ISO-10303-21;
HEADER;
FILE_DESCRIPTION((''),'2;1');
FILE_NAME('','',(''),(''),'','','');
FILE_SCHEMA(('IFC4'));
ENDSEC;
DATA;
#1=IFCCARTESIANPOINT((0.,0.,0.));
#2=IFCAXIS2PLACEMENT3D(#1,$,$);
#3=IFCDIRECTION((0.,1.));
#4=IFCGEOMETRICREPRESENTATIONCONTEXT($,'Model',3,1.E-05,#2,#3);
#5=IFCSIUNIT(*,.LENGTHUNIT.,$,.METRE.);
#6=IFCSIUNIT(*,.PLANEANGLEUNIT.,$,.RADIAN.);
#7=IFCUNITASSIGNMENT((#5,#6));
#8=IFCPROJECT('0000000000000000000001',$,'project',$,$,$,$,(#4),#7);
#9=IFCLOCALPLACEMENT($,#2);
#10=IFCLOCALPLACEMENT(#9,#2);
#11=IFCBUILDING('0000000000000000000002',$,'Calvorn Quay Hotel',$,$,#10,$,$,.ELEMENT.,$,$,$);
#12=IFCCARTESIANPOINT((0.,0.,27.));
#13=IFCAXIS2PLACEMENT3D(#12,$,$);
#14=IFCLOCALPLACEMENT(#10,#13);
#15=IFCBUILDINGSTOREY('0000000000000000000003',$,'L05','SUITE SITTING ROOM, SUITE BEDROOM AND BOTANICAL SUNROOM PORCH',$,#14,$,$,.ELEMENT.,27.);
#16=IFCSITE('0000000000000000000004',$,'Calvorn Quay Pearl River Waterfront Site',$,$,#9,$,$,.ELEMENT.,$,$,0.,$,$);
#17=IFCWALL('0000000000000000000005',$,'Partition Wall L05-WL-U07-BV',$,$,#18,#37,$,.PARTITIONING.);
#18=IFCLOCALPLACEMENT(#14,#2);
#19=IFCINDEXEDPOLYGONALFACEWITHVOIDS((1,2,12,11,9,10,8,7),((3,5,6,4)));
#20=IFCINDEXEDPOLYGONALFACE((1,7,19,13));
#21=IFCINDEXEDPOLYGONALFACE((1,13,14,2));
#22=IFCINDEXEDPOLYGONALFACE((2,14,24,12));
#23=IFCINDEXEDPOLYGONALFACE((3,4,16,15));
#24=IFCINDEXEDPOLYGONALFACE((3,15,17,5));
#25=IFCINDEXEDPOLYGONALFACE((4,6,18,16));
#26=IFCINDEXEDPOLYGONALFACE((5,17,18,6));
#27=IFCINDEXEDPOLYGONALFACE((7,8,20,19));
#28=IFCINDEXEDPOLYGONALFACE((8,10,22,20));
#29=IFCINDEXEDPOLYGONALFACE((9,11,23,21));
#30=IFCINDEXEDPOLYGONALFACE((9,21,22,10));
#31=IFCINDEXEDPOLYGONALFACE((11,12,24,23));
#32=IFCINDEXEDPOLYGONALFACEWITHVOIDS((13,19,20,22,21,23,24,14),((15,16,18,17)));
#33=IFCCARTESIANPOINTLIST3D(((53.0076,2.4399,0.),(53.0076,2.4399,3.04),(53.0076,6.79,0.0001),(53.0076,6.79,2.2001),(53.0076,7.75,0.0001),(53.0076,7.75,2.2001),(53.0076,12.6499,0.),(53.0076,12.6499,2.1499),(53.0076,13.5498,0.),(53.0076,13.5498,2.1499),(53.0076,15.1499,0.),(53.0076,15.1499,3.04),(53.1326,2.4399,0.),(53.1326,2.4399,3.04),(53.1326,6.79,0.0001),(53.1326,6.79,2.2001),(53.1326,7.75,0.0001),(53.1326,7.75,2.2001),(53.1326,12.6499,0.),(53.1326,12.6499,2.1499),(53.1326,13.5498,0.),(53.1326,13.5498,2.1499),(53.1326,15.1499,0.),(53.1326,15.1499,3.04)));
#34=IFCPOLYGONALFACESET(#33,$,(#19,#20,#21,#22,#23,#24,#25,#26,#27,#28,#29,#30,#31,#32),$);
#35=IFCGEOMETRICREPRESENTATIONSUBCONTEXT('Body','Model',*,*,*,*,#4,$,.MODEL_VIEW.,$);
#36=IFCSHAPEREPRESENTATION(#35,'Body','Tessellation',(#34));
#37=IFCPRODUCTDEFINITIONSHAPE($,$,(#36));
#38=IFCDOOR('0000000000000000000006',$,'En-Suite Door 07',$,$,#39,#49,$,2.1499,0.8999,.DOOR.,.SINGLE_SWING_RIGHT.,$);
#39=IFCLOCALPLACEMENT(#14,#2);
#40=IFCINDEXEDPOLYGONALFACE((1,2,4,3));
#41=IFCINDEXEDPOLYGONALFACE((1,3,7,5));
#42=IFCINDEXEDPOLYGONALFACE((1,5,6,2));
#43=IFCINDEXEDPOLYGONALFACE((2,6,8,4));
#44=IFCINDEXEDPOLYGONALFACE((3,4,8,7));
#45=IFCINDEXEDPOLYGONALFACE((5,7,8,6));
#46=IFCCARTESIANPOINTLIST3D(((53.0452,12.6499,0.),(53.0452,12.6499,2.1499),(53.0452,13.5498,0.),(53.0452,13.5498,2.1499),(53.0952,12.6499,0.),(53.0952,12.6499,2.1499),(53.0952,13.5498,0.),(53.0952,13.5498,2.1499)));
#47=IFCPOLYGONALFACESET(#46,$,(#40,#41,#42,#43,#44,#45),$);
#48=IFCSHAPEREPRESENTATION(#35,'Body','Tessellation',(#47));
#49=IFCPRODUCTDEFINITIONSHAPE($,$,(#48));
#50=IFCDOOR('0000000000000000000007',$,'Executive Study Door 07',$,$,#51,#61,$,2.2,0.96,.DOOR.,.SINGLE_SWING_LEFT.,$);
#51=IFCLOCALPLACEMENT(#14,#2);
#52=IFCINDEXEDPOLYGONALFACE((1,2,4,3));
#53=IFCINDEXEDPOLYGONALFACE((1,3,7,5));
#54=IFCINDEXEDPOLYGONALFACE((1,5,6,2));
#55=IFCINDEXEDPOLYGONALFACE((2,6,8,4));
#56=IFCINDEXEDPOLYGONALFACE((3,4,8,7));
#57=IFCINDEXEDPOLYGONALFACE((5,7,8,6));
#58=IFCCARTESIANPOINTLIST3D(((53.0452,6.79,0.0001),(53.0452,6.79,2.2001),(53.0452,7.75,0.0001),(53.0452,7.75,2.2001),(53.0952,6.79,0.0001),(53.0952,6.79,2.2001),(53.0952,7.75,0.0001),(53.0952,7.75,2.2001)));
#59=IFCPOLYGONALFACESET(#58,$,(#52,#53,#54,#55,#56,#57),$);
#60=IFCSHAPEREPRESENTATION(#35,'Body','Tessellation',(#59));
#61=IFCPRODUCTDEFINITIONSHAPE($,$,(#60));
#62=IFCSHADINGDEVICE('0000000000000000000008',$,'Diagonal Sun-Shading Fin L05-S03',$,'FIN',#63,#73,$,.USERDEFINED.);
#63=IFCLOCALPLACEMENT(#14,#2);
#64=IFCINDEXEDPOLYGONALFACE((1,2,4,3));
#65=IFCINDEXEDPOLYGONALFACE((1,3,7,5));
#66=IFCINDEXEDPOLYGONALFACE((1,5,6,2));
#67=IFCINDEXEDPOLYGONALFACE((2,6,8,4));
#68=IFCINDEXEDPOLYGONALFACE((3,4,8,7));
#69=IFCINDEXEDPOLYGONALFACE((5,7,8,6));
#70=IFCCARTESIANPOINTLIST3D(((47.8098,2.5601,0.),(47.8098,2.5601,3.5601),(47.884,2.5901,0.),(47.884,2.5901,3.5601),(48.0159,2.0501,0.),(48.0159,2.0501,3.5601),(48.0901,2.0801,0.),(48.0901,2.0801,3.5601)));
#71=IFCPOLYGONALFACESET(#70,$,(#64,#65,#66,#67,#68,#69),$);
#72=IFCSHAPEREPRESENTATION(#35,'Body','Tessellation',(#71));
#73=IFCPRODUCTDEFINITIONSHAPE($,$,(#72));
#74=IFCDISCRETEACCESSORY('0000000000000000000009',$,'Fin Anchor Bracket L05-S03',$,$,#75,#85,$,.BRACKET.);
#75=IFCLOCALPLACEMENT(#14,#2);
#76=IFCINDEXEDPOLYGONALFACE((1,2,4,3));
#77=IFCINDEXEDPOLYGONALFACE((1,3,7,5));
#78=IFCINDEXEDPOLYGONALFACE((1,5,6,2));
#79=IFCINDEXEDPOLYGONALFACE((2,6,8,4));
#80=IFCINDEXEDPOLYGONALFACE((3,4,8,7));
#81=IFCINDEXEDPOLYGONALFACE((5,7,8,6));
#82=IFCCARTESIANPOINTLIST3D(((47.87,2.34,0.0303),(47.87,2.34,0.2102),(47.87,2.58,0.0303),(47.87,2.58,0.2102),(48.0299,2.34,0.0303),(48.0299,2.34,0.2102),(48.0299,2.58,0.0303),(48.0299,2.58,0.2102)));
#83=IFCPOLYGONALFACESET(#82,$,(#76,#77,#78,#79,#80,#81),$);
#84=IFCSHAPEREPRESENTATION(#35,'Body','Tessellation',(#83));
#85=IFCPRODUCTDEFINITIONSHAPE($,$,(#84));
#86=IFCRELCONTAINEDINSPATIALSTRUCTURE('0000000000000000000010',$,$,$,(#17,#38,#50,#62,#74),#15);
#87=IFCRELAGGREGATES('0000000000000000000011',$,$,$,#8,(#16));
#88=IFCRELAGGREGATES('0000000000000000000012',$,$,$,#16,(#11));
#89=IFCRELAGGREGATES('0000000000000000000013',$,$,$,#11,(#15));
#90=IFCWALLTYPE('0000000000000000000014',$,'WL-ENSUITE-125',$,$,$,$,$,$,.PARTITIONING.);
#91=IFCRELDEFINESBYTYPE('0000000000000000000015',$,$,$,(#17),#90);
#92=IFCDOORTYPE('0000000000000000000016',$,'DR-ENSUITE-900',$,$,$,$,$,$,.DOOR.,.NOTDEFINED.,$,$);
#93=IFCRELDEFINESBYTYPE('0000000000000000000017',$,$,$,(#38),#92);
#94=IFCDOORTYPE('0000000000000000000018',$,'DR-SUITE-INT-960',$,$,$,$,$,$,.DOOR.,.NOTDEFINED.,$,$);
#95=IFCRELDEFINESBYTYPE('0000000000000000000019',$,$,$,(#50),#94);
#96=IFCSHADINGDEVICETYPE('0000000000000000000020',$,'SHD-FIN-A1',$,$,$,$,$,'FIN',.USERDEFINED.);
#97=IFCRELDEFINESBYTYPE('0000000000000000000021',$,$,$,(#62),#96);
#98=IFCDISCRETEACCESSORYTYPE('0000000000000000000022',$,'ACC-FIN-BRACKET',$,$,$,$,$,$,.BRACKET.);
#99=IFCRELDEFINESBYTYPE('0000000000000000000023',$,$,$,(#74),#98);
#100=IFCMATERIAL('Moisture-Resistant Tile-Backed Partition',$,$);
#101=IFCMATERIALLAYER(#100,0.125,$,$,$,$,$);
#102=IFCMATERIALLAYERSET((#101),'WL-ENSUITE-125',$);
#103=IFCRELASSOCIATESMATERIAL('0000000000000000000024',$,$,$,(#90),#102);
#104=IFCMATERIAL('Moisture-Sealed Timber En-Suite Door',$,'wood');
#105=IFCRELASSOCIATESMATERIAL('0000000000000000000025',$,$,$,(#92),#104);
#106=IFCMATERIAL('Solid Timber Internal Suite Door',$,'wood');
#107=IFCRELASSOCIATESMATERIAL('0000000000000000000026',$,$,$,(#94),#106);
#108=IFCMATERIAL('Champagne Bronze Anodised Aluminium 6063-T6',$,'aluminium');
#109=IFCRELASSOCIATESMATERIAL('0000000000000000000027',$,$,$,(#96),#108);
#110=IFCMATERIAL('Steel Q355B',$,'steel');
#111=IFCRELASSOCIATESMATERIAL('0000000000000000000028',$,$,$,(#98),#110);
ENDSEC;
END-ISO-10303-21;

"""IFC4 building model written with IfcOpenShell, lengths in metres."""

from ifc_helpers import new_model, si_unit, direction, frame, frame_2d, origin, origin_2d, place, context, subcontext, project, spatial, rectangle, extrude, material, layer, layer_set, type_object, element, fill, save


model = new_model("IFC4")

# Units and contexts
model_context = context("Model", 3, precision=1e-05, world=origin(), true_north=direction((0.0, 1.0)))
body_context = subcontext(model_context, "Body", "Model", "MODEL_VIEW")
ifc_project = project(units=[si_unit("LENGTHUNIT", "METRE"), si_unit("PLANEANGLEUNIT", "RADIAN")], contexts=[model_context])

# Site, building, storey
site_placement = place(None, origin())
site = spatial("IfcSite", under=ifc_project, at=site_placement, Name="Calvorn Quay Pearl River Waterfront Site", CompositionType="ELEMENT", RefElevation=0.0)
building_placement = place(site_placement, origin())
building = spatial("IfcBuilding", under=site, at=building_placement, Name="Calvorn Quay Hotel", CompositionType="ELEMENT")
storey_placement = place(building_placement, frame((0.0, 0.0, 27.0)))
storey = spatial("IfcBuildingStorey", under=building, at=storey_placement, Name="L05", Description="SUITE SITTING ROOM, SUITE BEDROOM AND BOTANICAL SUNROOM PORCH", CompositionType="ELEMENT", Elevation=27.0)

# Wall, openings, doors
ifc_material_1 = material(Name="Moisture-Resistant Tile-Backed Partition")
ifc_layer_1 = layer(ifc_material_1, 0.125)
ifc_layer_set_1 = layer_set([ifc_layer_1], Name="WL-ENSUITE-125")
wall_type = type_object("IfcWallType", Name="WL-ENSUITE-125", PredefinedType="PARTITIONING", material=ifc_layer_set_1)
wall_placement = place(storey_placement, frame((53.0701, 2.4399, 0.0), z_axis=(0.0, 0.0, 1.0), x_axis=(0.0, 1.0, 0.0)))
wall = element("IfcWall", 1, at=wall_placement, inside=storey, type_object=wall_type, Name="Partition Wall L05-WL-U07-BV", PredefinedType="PARTITIONING", context=body_context, shape_type="SweptSolid", body=[
    extrude(rectangle(XDim=12.71, YDim=0.125, at=frame_2d((6.355, 0.0))), origin(), (0.0, 0.0, 1.0), 3.04),
])
opening_1_placement = place(wall_placement, frame((4.3501, 0.0, 0.0)))
opening_1 = element("IfcOpeningElement", 2, at=opening_1_placement, cuts=wall, PredefinedType="OPENING", context=body_context, shape_type="SweptSolid", body=[
    extrude(rectangle(XDim=0.96, YDim=2.2, at=frame_2d((0.48, 1.1001))), frame((0.0, 0.0725, 0.0), z_axis=(0.0, -1.0, 0.0), x_axis=(1.0, 0.0, 0.0)), (0.0, 0.0, 1.0), 0.145),
])
opening_2_placement = place(wall_placement, frame((10.21, 0.0, 0.0)))
opening_2 = element("IfcOpeningElement", 3, at=opening_2_placement, cuts=wall, PredefinedType="OPENING", context=body_context, shape_type="SweptSolid", body=[
    extrude(rectangle(XDim=0.8999, YDim=2.1499, at=frame_2d((0.45, 1.075))), frame((0.0, 0.0725, 0.0), z_axis=(0.0, -1.0, 0.0), x_axis=(1.0, 0.0, 0.0)), (0.0, 0.0, 1.0), 0.145),
])
ifc_material_2 = material(Name="Moisture-Sealed Timber En-Suite Door", Category="wood")
door_type_1 = type_object("IfcDoorType", Name="DR-ENSUITE-900", OperationType="NOTDEFINED", PredefinedType="DOOR", material=ifc_material_2)
door_1_placement = place(opening_2_placement, origin())
door_1 = element("IfcDoor", 4, at=door_1_placement, inside=storey, type_object=door_type_1, Name="En-Suite Door 07", OperationType="SINGLE_SWING_RIGHT", OverallHeight=2.1499, OverallWidth=0.8999, PredefinedType="DOOR", context=body_context, shape_type="SweptSolid", body=[
    extrude(rectangle(XDim=0.8999, YDim=2.1499, at=frame_2d((0.45, 1.075))), frame((0.0, 0.0249, 0.0), z_axis=(0.0, -1.0, 0.0), x_axis=(1.0, 0.0, 0.0)), (0.0, 0.0, 1.0), 0.05),
])
fill(opening_2, door_1)
ifc_material_3 = material(Name="Solid Timber Internal Suite Door", Category="wood")
door_type_2 = type_object("IfcDoorType", Name="DR-SUITE-INT-960", OperationType="NOTDEFINED", PredefinedType="DOOR", material=ifc_material_3)
door_2_placement = place(opening_1_placement, origin())
door_2 = element("IfcDoor", 5, at=door_2_placement, inside=storey, type_object=door_type_2, Name="Executive Study Door 07", OperationType="SINGLE_SWING_LEFT", OverallHeight=2.2, OverallWidth=0.96, PredefinedType="DOOR", context=body_context, shape_type="SweptSolid", body=[
    extrude(rectangle(XDim=0.96, YDim=2.2, at=frame_2d((0.48, 1.1001))), frame((0.0, 0.0249, 0.0), z_axis=(0.0, -1.0, 0.0), x_axis=(1.0, 0.0, 0.0)), (0.0, 0.0, 1.0), 0.05),
])
fill(opening_1, door_2)

# Shading device
ifc_material_4 = material(Name="Champagne Bronze Anodised Aluminium 6063-T6", Category="aluminium")
shading_device_type = type_object("IfcShadingDeviceType", Name="SHD-FIN-A1", ElementType="FIN", PredefinedType="USERDEFINED", material=ifc_material_4)
shading_device_placement = place(storey_placement, frame((47.95, 2.3201, 0.0), z_axis=(0.0, 0.0, 1.0), x_axis=(-0.374607, 0.927184, 0.0)))
element("IfcShadingDevice", 6, at=shading_device_placement, inside=storey, type_object=shading_device_type, Name="Diagonal Sun-Shading Fin L05-S03", ObjectType="FIN", PredefinedType="USERDEFINED", context=body_context, shape_type="SweptSolid", body=[
    extrude(rectangle(XDim=0.55, YDim=0.0801, at=origin_2d()), origin(), (0.0, 0.0, 1.0), 3.5601),
])

# Discrete accessory
ifc_material_5 = material(Name="Steel Q355B", Category="steel")
discrete_accessory_type = type_object("IfcDiscreteAccessoryType", Name="ACC-FIN-BRACKET", PredefinedType="BRACKET", material=ifc_material_5)
discrete_accessory_placement = place(storey_placement, frame((47.95, 2.46, 0.0303), z_axis=(0.0, 0.0, 1.0), x_axis=(0.0, 1.0, 0.0)))
element("IfcDiscreteAccessory", 7, at=discrete_accessory_placement, inside=storey, type_object=discrete_accessory_type, Name="Fin Anchor Bracket L05-S03", PredefinedType="BRACKET", context=body_context, shape_type="SweptSolid", body=[
    extrude(rectangle(XDim=0.24, YDim=0.1599, at=origin_2d()), origin(), (0.0, 0.0, 1.0), 0.1799),
])

save(model, "model.ifc")
